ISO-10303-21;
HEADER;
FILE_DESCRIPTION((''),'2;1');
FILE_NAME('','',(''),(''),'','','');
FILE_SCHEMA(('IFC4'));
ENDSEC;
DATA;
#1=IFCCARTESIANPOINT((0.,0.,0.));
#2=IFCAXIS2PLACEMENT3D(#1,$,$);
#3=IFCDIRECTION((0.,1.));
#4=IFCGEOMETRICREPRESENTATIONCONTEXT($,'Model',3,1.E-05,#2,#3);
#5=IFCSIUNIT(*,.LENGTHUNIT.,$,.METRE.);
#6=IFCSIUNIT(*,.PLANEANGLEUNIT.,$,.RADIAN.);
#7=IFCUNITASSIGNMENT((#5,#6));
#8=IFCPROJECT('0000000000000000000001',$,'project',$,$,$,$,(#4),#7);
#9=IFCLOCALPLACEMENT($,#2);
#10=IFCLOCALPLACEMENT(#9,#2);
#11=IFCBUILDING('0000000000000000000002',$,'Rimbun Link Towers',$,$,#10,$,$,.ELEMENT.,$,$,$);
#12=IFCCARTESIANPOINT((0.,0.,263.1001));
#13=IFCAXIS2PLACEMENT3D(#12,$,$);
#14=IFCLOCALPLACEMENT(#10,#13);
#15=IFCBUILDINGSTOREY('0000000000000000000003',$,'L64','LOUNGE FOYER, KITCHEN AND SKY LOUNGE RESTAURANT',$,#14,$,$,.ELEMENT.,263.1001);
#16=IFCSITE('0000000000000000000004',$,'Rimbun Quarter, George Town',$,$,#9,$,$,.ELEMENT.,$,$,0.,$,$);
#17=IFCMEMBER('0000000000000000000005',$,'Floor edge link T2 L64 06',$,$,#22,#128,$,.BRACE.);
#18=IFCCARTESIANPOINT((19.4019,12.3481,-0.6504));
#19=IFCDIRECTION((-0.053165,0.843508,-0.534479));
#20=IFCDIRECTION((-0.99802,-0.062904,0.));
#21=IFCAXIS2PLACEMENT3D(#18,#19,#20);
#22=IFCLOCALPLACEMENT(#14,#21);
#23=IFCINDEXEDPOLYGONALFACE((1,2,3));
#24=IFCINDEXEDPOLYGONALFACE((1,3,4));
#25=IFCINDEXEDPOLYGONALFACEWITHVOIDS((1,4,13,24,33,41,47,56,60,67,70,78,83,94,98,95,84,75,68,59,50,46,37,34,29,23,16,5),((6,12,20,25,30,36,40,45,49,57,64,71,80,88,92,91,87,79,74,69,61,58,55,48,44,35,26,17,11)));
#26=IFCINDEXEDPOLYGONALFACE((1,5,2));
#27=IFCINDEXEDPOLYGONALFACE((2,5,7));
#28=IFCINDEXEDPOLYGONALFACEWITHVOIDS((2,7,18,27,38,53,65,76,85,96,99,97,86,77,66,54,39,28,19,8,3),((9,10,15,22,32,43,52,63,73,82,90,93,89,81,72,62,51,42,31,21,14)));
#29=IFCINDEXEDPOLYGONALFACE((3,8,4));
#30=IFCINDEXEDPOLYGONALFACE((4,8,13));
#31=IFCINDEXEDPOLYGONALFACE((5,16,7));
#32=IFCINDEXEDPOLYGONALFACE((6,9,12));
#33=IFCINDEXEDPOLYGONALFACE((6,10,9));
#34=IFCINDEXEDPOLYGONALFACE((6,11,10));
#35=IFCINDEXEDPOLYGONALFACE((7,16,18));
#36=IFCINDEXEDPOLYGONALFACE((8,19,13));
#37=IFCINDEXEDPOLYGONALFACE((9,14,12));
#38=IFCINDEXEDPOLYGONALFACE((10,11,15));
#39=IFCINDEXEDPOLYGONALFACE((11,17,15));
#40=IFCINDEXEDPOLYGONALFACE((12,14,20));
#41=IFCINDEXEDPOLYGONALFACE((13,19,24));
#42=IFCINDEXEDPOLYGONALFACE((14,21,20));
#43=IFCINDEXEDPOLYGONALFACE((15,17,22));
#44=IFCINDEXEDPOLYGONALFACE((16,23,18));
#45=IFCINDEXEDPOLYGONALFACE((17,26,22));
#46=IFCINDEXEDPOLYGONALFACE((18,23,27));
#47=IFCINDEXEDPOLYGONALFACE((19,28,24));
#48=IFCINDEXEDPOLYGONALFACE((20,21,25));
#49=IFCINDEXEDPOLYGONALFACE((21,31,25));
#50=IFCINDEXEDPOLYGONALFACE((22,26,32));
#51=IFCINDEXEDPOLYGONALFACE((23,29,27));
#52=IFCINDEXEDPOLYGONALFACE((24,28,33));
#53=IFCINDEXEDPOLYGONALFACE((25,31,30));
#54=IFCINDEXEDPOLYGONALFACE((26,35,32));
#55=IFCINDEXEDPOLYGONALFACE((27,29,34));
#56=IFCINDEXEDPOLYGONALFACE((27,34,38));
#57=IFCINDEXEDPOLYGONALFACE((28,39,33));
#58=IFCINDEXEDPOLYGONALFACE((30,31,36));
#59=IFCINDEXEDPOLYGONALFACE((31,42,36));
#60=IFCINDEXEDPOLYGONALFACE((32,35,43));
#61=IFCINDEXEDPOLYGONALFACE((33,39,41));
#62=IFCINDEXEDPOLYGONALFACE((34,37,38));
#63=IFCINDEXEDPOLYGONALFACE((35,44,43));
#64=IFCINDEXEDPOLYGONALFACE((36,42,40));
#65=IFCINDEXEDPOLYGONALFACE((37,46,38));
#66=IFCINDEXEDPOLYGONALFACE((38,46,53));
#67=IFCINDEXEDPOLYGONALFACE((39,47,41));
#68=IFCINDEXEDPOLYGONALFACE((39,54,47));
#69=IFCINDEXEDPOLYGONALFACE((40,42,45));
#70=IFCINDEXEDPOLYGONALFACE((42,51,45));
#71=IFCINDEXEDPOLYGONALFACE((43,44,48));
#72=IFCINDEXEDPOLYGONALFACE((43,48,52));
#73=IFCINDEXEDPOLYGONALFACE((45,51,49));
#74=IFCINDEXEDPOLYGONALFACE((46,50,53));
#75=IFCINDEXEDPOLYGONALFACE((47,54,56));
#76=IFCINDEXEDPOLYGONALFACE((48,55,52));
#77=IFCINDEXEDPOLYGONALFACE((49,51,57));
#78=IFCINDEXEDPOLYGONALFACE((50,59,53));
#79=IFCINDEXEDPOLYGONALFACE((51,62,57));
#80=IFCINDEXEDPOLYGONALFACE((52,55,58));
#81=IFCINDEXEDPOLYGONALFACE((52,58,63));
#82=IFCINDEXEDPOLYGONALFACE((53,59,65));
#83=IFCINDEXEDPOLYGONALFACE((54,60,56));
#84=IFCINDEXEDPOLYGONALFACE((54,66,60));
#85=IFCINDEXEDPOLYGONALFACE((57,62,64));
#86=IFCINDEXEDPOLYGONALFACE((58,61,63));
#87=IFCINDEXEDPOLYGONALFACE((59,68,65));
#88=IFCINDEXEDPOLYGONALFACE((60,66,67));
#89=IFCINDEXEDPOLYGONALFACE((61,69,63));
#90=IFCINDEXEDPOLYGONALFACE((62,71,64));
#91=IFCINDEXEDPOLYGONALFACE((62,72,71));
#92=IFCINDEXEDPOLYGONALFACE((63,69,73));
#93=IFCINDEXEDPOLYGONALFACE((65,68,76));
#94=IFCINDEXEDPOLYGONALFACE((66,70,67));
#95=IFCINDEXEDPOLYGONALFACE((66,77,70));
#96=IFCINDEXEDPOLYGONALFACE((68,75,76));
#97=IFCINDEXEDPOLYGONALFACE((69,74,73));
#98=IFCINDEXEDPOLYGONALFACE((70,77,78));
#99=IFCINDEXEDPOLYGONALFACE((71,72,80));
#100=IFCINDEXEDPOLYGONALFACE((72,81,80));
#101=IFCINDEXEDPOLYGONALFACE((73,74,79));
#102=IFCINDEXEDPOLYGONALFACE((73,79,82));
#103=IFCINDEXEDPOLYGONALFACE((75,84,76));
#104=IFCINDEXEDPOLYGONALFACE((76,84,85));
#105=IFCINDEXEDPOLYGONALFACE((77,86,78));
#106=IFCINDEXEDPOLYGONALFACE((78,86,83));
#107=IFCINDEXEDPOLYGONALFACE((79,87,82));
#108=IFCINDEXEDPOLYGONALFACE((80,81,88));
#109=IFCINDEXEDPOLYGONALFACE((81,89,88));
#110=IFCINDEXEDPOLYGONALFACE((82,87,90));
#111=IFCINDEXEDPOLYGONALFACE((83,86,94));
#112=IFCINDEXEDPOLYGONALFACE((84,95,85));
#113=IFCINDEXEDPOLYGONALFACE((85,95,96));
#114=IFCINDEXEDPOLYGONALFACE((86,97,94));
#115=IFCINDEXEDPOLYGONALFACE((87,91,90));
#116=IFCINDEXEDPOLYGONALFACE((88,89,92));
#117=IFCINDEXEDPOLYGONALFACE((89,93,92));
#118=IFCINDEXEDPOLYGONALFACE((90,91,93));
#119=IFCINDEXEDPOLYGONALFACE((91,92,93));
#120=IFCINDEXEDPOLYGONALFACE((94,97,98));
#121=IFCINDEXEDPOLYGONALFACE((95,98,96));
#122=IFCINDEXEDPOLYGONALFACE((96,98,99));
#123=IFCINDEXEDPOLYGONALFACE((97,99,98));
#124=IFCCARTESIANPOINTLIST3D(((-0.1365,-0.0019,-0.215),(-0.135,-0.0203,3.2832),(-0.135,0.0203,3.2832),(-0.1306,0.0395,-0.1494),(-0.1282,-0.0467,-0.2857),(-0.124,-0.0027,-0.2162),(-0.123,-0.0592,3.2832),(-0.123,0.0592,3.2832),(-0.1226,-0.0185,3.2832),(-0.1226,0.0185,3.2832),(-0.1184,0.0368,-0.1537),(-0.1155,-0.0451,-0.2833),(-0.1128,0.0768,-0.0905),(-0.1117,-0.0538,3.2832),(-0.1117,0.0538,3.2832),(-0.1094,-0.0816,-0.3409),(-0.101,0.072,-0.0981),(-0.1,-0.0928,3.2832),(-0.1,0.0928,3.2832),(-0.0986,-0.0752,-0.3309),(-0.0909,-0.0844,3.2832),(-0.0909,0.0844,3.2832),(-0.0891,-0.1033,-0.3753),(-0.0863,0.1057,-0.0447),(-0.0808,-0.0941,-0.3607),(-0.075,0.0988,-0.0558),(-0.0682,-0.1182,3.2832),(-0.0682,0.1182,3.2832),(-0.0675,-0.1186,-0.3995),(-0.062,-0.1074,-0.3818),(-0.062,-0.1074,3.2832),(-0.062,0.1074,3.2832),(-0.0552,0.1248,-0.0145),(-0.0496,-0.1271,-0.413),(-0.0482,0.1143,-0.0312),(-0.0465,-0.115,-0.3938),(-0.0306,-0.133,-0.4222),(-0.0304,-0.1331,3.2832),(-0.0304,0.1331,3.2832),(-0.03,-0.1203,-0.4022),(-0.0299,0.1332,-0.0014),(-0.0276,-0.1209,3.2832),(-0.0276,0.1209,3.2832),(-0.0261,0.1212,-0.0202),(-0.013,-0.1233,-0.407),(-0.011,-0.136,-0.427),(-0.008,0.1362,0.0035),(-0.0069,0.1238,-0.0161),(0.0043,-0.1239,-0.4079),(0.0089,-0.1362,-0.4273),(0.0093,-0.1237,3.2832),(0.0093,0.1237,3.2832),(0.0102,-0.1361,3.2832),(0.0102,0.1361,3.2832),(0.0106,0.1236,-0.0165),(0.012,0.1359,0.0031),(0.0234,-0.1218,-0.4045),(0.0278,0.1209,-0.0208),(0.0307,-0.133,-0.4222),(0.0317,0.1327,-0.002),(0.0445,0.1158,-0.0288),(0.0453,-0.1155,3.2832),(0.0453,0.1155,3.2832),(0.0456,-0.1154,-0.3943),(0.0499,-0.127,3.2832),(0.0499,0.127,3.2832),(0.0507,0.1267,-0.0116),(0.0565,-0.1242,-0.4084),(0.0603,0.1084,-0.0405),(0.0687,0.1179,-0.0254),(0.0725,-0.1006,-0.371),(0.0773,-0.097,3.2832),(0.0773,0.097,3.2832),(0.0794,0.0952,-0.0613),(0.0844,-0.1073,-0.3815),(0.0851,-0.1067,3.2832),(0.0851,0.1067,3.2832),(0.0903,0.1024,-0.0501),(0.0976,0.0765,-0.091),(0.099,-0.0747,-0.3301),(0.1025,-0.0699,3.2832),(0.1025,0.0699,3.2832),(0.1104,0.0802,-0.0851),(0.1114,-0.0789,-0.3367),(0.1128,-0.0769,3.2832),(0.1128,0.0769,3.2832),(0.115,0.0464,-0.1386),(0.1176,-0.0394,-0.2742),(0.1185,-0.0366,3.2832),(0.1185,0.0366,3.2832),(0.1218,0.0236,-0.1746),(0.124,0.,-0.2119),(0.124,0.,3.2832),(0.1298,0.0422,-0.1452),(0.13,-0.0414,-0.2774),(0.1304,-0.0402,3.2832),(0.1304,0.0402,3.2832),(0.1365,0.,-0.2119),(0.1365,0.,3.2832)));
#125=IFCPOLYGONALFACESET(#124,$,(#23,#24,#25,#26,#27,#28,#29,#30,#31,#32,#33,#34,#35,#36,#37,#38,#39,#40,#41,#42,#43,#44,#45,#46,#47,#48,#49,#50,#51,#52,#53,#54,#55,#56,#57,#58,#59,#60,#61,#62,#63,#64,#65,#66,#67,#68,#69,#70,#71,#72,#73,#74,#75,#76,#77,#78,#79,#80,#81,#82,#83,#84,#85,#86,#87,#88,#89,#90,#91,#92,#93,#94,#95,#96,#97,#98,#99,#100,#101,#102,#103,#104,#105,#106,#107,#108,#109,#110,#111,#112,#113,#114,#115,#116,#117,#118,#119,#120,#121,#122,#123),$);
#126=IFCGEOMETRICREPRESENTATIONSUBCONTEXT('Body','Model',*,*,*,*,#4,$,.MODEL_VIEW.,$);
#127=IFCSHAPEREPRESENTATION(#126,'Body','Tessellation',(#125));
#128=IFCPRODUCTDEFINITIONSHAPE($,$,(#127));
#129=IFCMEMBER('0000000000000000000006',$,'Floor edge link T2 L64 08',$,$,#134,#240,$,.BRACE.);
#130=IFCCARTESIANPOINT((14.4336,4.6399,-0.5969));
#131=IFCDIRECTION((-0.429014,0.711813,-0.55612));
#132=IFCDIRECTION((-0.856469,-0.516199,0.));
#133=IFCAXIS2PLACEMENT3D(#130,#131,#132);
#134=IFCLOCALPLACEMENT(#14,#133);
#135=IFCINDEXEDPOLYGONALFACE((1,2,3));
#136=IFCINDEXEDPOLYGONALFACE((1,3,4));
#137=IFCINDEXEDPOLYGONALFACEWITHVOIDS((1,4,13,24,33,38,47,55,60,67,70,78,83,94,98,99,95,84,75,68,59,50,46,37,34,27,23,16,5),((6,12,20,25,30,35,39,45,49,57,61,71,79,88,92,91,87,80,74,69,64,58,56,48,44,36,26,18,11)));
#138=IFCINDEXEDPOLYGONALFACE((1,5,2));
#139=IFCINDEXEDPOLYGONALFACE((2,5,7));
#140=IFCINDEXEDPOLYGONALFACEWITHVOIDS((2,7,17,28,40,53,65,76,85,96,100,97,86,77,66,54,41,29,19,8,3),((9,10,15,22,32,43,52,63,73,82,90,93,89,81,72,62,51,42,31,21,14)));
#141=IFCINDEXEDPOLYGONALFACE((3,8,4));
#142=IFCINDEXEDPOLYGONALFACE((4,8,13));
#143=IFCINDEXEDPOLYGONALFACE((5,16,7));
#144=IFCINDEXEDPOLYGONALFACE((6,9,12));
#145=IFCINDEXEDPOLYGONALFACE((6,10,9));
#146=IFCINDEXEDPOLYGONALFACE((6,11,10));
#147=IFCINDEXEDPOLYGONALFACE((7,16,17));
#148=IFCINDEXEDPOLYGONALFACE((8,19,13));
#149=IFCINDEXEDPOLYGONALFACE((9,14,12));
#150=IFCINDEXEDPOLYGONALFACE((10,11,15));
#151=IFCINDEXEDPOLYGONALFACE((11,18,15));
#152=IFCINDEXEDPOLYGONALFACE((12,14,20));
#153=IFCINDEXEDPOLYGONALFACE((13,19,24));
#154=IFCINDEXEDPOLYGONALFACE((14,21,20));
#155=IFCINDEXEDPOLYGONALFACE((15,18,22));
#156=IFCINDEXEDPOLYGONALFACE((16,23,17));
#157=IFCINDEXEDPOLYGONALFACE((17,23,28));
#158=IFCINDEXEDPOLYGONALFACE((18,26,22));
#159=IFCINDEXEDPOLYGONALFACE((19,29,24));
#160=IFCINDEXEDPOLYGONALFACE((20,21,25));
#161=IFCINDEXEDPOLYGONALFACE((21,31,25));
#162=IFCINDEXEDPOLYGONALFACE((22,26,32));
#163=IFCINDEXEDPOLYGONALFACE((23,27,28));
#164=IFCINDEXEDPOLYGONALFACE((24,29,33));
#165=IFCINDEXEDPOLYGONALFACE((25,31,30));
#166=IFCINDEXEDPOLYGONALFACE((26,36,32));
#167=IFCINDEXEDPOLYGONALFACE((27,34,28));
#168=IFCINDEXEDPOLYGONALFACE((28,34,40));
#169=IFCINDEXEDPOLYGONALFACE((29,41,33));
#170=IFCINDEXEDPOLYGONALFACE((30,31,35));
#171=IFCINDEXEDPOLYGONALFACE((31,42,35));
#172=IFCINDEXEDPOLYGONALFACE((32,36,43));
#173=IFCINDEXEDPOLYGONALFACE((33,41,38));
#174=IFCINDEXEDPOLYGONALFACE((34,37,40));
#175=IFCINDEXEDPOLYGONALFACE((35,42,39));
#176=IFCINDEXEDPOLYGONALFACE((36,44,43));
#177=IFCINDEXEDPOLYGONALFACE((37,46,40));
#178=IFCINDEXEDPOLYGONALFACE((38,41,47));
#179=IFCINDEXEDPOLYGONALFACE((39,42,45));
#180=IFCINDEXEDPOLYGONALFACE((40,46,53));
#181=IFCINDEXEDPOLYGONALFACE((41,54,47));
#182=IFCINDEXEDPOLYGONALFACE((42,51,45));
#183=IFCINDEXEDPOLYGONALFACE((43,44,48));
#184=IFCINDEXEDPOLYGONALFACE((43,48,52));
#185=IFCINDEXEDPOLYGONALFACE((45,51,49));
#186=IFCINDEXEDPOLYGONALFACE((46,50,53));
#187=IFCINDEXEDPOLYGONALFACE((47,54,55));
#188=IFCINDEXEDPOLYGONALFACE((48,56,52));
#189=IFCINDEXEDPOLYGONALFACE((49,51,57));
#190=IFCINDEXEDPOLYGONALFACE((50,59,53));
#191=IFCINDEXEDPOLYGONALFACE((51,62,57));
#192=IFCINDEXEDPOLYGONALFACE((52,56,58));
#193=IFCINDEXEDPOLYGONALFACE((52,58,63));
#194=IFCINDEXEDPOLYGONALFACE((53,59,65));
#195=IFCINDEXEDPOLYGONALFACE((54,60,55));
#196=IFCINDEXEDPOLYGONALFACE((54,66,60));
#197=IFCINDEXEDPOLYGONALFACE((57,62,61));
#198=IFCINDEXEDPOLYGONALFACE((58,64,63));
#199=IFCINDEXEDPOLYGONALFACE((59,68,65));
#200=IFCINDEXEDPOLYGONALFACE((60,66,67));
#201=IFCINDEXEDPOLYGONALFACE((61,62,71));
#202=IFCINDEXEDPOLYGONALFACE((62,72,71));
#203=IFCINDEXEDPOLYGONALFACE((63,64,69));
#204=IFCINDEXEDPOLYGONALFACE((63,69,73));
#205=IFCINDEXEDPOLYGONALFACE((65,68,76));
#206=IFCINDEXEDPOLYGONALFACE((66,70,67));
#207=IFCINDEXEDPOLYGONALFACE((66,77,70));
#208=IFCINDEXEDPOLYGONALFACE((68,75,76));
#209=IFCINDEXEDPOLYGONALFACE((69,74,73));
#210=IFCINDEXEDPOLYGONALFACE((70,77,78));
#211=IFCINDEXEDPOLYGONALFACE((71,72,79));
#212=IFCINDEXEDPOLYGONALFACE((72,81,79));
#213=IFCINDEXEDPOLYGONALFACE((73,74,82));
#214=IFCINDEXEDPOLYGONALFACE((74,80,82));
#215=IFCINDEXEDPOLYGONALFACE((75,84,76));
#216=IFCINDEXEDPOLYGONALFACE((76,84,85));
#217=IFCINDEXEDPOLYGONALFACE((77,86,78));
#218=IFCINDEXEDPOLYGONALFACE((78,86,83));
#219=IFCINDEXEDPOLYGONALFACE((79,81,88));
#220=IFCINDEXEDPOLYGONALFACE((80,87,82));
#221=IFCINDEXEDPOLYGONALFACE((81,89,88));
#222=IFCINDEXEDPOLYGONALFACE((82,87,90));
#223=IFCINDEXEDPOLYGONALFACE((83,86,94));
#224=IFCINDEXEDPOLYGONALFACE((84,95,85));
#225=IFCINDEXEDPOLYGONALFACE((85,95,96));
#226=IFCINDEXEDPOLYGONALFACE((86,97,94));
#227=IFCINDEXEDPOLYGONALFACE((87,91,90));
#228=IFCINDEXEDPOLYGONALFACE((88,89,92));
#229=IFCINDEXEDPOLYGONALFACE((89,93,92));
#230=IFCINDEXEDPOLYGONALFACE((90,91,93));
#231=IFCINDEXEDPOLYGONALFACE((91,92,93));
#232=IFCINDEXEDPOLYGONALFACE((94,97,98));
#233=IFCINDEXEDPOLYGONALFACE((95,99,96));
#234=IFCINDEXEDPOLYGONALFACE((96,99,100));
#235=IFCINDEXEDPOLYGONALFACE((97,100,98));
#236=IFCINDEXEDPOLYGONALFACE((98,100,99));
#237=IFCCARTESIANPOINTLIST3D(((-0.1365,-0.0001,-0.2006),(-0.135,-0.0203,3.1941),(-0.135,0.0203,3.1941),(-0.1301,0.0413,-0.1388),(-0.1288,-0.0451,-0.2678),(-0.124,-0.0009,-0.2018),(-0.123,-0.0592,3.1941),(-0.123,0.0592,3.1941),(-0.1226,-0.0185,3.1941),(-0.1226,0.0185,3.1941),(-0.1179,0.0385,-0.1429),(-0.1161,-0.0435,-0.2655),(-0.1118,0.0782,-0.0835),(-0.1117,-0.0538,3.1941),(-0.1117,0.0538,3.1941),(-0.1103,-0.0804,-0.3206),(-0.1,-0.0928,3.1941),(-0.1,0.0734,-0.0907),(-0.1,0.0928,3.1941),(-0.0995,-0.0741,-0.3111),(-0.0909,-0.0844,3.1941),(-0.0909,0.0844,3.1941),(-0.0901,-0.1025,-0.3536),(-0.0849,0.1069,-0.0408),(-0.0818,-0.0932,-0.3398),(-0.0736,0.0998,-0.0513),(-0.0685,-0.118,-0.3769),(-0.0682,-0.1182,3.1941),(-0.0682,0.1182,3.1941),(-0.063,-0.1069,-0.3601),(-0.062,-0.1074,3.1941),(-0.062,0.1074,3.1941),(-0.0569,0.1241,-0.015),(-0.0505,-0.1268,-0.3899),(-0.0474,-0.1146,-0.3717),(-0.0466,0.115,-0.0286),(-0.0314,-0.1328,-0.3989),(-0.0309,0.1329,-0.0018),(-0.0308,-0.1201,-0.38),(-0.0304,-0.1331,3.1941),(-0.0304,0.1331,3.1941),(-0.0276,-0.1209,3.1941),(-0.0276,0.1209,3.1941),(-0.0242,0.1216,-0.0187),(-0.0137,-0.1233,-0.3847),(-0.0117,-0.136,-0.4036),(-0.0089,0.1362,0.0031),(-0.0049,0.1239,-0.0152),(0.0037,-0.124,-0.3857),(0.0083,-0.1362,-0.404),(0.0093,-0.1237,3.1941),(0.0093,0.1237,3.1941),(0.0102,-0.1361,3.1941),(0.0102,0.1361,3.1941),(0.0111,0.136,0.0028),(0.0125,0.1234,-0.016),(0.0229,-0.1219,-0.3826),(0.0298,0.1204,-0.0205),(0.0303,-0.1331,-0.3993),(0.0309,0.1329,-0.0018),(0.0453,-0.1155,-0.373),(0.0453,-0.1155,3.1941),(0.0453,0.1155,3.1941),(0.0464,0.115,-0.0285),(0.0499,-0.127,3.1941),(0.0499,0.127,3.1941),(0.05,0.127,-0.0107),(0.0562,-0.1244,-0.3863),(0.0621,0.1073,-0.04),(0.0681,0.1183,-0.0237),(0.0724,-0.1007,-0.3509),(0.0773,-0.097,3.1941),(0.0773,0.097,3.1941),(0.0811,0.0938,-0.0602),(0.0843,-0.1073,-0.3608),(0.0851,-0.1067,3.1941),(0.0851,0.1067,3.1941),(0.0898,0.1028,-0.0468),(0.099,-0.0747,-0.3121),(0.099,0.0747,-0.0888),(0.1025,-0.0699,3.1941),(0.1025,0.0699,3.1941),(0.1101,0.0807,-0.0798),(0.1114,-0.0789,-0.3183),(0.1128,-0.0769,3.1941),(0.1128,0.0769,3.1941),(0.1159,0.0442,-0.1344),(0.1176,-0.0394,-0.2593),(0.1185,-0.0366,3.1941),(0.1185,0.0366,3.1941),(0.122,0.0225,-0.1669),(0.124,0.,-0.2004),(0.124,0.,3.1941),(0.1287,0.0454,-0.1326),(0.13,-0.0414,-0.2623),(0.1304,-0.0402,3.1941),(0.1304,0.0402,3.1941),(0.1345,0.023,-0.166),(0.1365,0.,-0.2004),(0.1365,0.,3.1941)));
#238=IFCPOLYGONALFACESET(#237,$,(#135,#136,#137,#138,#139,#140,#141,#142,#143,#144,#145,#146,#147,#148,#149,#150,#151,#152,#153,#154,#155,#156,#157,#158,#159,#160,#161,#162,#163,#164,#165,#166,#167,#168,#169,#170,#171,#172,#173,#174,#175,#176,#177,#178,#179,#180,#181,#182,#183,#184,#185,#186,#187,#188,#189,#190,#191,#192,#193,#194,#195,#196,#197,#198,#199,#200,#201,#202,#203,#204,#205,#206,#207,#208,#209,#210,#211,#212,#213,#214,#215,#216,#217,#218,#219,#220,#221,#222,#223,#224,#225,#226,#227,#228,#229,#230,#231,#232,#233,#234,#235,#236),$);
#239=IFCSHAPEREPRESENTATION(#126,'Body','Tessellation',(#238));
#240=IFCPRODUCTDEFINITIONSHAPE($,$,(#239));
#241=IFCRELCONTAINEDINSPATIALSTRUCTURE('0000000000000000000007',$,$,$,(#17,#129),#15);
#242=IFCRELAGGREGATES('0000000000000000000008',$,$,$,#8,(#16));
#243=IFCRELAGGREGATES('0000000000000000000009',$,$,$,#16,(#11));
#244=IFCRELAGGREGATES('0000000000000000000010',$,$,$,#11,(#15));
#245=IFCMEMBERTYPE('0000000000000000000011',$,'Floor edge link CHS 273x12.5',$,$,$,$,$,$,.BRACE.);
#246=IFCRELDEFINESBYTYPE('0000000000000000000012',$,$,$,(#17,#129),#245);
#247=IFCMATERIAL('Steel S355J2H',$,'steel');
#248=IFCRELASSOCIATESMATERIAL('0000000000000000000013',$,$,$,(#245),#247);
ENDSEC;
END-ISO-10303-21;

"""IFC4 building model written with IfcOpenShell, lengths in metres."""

from ifc_helpers import new_model, si_unit, direction, frame, origin, origin_2d, place, context, subcontext, project, spatial, hollow_circle, extrude, clip, halfspace, material, material_profile, profile_set, type_object, element, save


model = new_model("IFC4")

# Units and contexts
model_context = context("Model", 3, precision=1e-05, world=origin(), true_north=direction((0.0, 1.0)))
body_context = subcontext(model_context, "Body", "Model", "MODEL_VIEW")
ifc_project = project(units=[si_unit("LENGTHUNIT", "METRE"), si_unit("PLANEANGLEUNIT", "RADIAN")], contexts=[model_context])

# Site, building, storey
site_placement = place(None, origin())
site = spatial("IfcSite", under=ifc_project, at=site_placement, Name="Rimbun Quarter, George Town", CompositionType="ELEMENT", RefElevation=0.0)
building_placement = place(site_placement, origin())
building = spatial("IfcBuilding", under=site, at=building_placement, Name="Rimbun Link Towers", CompositionType="ELEMENT")
storey_placement = place(building_placement, frame((0.0, 0.0, 263.1001)))
storey = spatial("IfcBuildingStorey", under=building, at=storey_placement, Name="L64", Description="LOUNGE FOYER, KITCHEN AND SKY LOUNGE RESTAURANT", CompositionType="ELEMENT", Elevation=263.1001)

# Members
ifc_material_1 = material(Name="Steel S355J2H", Category="steel")
ifc_material_profile_1 = material_profile(ifc_material_1, hollow_circle(Radius=0.1365, WallThickness=0.0125, at=origin_2d()), Name="CHS 273x12.5")
ifc_profile_set_1 = profile_set([ifc_material_profile_1], Name="Steel S355J2H")
member_type_1 = type_object("IfcMemberType", Name="Floor edge link CHS 273x12.5", PredefinedType="BRACE", material=ifc_profile_set_1)
member_1_placement = place(storey_placement, frame((19.4019, 12.3481, -0.6504), z_axis=(-0.053165, 0.843508, -0.534479), x_axis=(-0.99802, -0.062904, 0.0)))
element("IfcMember", 1, at=member_1_placement, inside=storey, type_object=member_type_1, Name="Floor edge link T2 L64 06", PredefinedType="BRACE", context=body_context, shape_type="Clipping", body=[
    clip(extrude(hollow_circle(Radius=0.1365, WallThickness=0.0125, at=origin_2d()), frame((0.0, 0.0, -0.4504)), (0.0, 0.0, 1.0), 3.7336), halfspace(frame((0.0, 0.0, -0.2119), z_axis=(0.0, 0.845182, -0.534479)), False)),
])
member_2_placement = place(storey_placement, frame((14.4336, 4.6399, -0.5969), z_axis=(-0.429014, 0.711813, -0.55612), x_axis=(-0.856469, -0.516199, 0.0)))
element("IfcMember", 2, at=member_2_placement, inside=storey, type_object=member_type_1, Name="Floor edge link T2 L64 08", PredefinedType="BRACE", context=body_context, shape_type="Clipping", body=[
    clip(extrude(hollow_circle(Radius=0.1365, WallThickness=0.0125, at=origin_2d()), frame((0.0, 0.0, -0.426)), (0.0, 0.0, 1.0), 3.6201), halfspace(frame((0.0, 0.0, -0.2004), z_axis=(0.0, 0.831102, -0.55612)), False)),
])

save(model, "model.ifc")
